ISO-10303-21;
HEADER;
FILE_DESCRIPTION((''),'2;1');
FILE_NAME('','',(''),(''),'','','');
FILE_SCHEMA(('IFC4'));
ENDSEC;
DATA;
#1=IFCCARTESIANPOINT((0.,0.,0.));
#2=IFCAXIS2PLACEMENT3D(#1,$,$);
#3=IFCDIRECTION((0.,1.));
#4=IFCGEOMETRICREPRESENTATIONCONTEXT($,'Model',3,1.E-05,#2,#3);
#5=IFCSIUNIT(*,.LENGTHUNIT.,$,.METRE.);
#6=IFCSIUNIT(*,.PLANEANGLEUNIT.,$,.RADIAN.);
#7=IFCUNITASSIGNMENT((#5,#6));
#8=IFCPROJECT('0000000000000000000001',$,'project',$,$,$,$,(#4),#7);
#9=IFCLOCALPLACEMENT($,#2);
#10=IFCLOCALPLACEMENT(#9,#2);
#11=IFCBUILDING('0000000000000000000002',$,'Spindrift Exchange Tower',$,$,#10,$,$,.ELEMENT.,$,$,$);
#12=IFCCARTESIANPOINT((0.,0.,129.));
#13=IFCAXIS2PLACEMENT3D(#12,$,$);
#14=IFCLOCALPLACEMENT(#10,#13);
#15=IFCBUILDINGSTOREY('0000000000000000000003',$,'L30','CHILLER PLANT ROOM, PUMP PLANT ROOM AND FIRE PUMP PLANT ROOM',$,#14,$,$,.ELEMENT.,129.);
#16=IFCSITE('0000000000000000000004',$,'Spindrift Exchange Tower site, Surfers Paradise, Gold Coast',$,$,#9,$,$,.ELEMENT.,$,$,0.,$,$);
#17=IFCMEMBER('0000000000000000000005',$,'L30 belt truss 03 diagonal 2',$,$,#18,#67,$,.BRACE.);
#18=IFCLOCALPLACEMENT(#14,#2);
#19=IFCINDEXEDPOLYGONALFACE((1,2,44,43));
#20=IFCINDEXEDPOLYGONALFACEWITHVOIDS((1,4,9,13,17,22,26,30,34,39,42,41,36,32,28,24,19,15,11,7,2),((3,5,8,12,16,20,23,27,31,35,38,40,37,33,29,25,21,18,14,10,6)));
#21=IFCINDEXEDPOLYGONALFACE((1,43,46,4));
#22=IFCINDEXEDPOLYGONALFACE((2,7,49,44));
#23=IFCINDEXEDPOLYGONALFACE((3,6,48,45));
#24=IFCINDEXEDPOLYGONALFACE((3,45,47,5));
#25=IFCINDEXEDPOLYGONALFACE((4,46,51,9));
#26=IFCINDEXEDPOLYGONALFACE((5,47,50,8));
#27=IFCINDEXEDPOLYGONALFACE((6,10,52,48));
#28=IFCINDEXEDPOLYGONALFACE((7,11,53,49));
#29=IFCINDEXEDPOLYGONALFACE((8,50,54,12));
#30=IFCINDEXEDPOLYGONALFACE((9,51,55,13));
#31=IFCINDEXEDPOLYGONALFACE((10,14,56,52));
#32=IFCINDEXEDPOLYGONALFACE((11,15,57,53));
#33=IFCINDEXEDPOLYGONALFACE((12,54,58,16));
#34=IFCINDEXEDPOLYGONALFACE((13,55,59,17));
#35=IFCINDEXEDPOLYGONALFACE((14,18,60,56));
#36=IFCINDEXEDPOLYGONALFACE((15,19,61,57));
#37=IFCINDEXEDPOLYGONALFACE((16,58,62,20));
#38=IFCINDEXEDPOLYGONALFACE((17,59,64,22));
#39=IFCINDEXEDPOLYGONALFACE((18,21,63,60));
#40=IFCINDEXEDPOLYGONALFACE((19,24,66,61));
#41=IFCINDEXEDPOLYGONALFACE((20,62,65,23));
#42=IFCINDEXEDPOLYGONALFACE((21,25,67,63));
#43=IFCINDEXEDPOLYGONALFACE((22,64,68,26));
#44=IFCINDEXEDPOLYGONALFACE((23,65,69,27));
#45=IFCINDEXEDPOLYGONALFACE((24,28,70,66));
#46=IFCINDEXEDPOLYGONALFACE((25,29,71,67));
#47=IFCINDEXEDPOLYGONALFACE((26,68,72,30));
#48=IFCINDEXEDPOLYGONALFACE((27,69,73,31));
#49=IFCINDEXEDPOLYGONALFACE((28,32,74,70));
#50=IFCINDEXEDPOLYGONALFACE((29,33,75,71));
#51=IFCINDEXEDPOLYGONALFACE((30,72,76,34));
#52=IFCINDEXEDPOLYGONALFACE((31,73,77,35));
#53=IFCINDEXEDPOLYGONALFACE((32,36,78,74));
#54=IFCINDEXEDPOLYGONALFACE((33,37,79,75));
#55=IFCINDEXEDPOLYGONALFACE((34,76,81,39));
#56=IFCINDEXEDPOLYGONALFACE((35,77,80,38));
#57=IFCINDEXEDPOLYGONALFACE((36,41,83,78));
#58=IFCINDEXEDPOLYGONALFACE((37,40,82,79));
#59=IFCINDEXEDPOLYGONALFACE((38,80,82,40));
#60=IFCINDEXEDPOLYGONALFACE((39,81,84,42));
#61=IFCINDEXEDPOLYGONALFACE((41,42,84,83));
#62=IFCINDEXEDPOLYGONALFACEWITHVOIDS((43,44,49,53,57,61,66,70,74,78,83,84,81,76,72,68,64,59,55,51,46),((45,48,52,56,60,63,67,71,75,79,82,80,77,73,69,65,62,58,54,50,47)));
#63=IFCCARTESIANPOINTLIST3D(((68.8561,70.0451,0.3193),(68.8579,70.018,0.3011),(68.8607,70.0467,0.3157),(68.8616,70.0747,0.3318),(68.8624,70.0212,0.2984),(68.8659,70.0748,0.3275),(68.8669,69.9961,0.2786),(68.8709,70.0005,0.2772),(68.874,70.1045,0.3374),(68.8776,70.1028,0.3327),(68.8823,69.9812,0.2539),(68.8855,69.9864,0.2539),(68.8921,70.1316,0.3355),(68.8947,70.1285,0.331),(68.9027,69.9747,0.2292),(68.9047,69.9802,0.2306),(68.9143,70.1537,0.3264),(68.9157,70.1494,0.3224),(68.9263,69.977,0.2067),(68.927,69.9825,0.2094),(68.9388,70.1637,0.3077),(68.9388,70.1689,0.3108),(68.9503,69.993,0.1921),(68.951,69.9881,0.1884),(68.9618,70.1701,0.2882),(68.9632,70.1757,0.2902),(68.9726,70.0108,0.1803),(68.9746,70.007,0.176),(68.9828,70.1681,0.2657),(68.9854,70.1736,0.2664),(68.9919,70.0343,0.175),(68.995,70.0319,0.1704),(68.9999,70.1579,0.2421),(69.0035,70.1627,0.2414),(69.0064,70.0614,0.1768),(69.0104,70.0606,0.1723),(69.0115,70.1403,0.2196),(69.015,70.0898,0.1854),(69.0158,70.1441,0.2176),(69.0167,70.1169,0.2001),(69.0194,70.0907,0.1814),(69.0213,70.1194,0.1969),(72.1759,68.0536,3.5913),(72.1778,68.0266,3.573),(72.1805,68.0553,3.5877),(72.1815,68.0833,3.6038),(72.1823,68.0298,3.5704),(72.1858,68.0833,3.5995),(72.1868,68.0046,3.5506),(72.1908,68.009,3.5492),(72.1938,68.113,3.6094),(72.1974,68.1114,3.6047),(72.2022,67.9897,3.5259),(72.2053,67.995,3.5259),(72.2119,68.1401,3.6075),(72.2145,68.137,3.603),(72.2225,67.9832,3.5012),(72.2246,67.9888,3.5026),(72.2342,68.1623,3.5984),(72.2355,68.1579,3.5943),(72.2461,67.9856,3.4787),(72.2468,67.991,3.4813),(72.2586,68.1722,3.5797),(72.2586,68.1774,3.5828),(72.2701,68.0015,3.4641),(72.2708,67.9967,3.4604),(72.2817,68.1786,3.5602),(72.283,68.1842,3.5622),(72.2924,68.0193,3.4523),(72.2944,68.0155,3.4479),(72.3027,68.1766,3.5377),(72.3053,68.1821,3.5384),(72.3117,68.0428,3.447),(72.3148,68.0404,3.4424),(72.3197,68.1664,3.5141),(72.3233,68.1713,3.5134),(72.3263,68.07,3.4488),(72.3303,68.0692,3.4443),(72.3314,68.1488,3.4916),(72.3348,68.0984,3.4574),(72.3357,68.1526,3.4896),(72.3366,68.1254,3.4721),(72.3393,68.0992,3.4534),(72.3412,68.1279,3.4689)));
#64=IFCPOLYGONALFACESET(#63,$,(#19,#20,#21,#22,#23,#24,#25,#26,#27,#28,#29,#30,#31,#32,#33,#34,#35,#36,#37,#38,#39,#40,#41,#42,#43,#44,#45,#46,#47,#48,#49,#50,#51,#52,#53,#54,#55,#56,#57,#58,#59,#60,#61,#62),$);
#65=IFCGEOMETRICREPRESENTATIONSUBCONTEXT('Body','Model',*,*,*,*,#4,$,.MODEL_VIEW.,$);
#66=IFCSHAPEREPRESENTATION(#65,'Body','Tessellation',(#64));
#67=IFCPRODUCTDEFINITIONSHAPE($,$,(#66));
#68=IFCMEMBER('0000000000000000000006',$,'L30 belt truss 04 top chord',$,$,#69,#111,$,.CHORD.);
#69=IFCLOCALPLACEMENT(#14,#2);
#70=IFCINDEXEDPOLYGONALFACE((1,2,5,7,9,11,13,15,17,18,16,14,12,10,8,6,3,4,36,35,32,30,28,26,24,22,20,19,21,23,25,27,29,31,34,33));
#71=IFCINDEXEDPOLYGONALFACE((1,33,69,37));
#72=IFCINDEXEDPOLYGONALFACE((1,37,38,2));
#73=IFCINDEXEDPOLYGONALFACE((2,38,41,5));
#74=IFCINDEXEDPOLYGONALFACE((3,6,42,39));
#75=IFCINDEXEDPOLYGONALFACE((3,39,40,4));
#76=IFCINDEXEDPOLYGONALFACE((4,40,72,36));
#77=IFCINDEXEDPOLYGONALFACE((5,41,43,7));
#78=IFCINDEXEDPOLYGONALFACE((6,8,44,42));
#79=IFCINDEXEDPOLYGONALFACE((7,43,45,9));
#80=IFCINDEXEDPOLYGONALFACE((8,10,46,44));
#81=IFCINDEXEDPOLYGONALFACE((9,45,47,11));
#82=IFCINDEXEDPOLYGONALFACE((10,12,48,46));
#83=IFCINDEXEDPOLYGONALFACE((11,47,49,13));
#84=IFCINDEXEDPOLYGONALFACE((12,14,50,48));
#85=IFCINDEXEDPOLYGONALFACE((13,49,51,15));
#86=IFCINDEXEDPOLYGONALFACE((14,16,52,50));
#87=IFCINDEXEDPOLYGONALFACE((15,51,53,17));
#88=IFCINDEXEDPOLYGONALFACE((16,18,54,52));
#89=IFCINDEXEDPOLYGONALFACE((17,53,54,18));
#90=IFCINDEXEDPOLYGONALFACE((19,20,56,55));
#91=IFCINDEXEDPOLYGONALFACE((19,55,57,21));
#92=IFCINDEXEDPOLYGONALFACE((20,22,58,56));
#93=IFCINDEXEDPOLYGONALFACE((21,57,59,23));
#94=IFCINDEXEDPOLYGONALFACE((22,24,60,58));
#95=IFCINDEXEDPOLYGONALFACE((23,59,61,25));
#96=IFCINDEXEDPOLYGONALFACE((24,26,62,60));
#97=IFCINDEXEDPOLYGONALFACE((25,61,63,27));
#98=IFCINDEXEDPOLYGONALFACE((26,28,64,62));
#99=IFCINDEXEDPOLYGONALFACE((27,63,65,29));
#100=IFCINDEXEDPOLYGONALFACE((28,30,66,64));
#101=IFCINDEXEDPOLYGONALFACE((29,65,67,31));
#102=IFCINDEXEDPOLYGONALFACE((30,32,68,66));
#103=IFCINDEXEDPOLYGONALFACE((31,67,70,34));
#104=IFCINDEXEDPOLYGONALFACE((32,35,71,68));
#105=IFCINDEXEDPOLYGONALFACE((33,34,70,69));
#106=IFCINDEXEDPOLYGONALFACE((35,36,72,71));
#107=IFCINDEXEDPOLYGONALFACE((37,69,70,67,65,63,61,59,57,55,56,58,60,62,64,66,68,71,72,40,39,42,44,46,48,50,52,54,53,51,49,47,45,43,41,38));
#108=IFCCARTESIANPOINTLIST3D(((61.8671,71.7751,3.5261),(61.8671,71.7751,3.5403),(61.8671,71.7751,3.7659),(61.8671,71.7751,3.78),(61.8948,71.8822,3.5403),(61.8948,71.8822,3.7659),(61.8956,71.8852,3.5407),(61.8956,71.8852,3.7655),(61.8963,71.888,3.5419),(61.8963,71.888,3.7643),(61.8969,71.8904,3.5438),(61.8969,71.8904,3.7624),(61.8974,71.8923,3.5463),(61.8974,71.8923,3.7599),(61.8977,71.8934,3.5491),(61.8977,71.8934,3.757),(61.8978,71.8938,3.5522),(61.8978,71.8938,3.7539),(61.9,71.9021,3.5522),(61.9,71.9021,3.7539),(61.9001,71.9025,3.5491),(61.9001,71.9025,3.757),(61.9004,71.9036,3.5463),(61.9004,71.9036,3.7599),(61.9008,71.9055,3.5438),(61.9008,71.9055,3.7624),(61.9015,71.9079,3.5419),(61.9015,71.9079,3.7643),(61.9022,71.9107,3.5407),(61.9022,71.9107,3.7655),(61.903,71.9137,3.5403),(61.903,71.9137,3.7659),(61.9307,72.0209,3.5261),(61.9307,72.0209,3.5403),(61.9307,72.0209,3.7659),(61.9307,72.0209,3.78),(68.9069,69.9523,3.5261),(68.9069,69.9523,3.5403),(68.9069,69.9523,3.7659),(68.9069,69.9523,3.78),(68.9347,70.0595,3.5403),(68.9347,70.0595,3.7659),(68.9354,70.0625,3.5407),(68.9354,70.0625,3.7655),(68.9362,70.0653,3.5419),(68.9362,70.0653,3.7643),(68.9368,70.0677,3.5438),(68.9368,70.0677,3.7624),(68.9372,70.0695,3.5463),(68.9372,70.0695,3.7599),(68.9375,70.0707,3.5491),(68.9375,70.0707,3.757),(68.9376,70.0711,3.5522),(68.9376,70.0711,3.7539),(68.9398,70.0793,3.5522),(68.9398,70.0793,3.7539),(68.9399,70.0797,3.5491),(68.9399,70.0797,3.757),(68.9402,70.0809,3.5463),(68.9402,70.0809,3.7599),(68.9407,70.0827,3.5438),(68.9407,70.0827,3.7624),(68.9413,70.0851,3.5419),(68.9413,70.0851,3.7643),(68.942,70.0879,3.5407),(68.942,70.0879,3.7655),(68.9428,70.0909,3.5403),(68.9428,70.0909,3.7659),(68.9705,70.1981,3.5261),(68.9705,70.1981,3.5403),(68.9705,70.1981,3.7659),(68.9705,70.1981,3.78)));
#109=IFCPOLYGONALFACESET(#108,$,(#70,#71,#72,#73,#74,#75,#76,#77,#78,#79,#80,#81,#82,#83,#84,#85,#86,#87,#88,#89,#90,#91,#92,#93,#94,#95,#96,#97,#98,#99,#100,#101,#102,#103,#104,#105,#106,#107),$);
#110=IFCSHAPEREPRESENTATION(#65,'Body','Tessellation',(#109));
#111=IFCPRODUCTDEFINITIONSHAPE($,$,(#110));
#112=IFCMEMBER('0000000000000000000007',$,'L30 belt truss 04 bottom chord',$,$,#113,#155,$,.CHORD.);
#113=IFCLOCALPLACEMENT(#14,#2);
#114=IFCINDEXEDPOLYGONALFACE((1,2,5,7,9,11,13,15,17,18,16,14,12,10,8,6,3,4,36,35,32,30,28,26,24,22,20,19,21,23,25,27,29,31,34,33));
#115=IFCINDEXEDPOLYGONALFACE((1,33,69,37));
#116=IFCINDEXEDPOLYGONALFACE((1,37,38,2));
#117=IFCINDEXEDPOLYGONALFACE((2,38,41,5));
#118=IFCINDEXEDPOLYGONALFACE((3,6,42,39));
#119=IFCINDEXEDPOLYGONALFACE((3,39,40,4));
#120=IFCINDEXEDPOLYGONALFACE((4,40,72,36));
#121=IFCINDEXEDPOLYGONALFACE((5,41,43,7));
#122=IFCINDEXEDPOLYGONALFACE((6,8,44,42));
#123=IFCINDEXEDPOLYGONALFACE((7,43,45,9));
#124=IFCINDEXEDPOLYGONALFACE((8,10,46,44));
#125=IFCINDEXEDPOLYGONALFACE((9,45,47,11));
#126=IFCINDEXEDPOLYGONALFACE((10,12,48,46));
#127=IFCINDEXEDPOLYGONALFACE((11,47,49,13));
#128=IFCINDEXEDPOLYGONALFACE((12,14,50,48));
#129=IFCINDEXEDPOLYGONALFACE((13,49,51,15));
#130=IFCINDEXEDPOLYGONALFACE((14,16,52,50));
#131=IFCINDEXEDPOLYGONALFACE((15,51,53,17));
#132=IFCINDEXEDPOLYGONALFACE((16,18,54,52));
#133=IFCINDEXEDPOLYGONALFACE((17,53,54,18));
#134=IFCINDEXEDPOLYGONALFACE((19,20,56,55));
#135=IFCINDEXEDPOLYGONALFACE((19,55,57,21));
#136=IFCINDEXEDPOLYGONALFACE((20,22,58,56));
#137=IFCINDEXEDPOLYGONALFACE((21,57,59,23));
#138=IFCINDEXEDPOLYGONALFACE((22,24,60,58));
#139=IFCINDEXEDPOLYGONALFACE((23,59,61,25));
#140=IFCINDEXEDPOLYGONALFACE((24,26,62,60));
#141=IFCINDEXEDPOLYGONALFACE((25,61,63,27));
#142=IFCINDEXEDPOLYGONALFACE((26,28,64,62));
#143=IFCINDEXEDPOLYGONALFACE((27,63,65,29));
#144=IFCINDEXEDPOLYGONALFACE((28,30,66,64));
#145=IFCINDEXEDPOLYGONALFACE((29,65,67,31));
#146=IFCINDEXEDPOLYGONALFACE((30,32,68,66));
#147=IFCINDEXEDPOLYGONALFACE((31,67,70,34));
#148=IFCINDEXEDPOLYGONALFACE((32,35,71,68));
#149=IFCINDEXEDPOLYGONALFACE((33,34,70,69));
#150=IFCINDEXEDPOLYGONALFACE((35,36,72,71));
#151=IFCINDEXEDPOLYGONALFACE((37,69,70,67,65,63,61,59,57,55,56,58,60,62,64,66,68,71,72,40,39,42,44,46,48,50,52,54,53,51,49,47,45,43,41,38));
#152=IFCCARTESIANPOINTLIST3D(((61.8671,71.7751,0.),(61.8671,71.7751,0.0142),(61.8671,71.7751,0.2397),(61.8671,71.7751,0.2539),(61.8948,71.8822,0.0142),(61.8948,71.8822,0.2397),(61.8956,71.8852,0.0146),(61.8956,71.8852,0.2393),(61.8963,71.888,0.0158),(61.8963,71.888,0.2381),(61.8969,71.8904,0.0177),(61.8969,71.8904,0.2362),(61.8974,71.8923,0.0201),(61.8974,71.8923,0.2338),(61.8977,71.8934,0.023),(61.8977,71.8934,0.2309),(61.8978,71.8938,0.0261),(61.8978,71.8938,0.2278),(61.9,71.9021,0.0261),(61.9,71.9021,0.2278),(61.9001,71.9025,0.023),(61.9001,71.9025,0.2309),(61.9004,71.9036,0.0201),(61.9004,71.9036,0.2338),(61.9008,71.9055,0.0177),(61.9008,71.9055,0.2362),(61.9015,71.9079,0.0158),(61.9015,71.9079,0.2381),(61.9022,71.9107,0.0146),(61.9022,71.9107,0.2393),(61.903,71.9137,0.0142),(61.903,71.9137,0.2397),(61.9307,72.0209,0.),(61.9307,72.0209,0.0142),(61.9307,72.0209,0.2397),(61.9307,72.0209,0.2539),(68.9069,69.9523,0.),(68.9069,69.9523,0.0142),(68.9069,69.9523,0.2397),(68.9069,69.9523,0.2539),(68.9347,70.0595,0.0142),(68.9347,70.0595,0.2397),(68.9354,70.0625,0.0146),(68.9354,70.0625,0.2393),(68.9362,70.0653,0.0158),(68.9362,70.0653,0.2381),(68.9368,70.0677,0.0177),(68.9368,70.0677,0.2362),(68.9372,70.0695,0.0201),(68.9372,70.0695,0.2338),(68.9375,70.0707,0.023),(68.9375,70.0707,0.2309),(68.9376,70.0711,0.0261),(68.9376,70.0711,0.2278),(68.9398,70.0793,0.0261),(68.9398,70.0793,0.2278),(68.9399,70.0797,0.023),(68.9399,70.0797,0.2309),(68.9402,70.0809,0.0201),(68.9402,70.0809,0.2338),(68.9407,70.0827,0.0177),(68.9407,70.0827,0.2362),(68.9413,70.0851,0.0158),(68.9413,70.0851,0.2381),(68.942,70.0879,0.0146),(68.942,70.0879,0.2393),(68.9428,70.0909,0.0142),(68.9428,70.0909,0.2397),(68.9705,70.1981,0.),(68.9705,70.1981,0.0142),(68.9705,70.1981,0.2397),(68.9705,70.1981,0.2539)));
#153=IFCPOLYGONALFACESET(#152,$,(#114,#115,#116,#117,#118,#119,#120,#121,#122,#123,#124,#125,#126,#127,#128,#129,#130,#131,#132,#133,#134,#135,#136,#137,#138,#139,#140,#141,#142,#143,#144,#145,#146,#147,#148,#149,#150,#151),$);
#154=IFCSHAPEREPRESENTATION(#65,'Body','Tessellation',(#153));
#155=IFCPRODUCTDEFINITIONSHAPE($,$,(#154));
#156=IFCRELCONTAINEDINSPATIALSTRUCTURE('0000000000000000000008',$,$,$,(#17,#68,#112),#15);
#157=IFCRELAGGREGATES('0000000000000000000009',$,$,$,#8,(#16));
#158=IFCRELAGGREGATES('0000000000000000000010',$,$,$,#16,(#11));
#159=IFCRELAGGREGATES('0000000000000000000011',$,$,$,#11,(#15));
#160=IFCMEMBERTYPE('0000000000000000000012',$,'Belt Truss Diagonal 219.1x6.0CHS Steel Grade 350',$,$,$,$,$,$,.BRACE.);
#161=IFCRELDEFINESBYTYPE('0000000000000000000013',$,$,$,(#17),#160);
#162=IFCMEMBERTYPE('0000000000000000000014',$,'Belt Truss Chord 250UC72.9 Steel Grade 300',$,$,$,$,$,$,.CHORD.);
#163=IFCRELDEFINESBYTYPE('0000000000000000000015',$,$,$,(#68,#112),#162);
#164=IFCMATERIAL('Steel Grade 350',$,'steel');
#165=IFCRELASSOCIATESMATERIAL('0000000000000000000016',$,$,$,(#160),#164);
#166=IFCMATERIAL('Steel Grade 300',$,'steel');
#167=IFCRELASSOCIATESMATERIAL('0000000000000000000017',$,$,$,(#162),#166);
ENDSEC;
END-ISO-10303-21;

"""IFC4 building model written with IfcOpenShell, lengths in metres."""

from ifc_helpers import new_model, si_unit, direction, frame, origin, origin_2d, place, context, subcontext, project, spatial, hollow_circle, i_section, extrude, source, transform, mapped, material, material_profile, profile_set, type_object, element, save


model = new_model("IFC4")

# Units and contexts
model_context = context("Model", 3, precision=1e-05, world=origin(), true_north=direction((0.0, 1.0)))
body_context = subcontext(model_context, "Body", "Model", "MODEL_VIEW")
ifc_project = project(units=[si_unit("LENGTHUNIT", "METRE"), si_unit("PLANEANGLEUNIT", "RADIAN")], contexts=[model_context])

# Site, building, storey
site_placement = place(None, origin())
site = spatial("IfcSite", under=ifc_project, at=site_placement, Name="Spindrift Exchange Tower site, Surfers Paradise, Gold Coast", CompositionType="ELEMENT", RefElevation=0.0)
building_placement = place(site_placement, origin())
building = spatial("IfcBuilding", under=site, at=building_placement, Name="Spindrift Exchange Tower", CompositionType="ELEMENT")
storey_placement = place(building_placement, frame((0.0, 0.0, 129.0)))
storey = spatial("IfcBuildingStorey", under=building, at=storey_placement, Name="L30", Description="CHILLER PLANT ROOM, PUMP PLANT ROOM AND FIRE PUMP PLANT ROOM", CompositionType="ELEMENT", Elevation=129.0)

# Shared definitions
ifc_material_1 = material(Name="Steel Grade 300", Category="steel")

# Members
ifc_material_2 = material(Name="Steel Grade 350", Category="steel")
ifc_material_profile_1 = material_profile(ifc_material_2, hollow_circle(Radius=0.1096, WallThickness=0.0061, at=origin_2d()), Name="219.1x6.0CHS")
ifc_profile_set_1 = profile_set([ifc_material_profile_1], Name="Steel Grade 350")
member_type_1 = type_object("IfcMemberType", Name="Belt Truss Diagonal 219.1x6.0CHS Steel Grade 350", PredefinedType="BRACE", material=ifc_profile_set_1)
shared_shape_1 = source(origin(), body_context, "Body", "SweptSolid", [
    extrude(hollow_circle(Radius=0.1096, WallThickness=0.0061, at=origin_2d()), origin(), (0.0, 0.0, 1.0), 5.0688),
])
member_1_placement = place(storey_placement, frame((72.2585, 68.0837, 3.5259), z_axis=(-0.65495, 0.392883, -0.64551), x_axis=(-0.514412, -0.857543, 0.0)))
element("IfcMember", 1, at=member_1_placement, inside=storey, type_object=member_type_1, Name="L30 belt truss 03 diagonal 2", PredefinedType="BRACE", context=body_context, shape_type="MappedRepresentation", body=[
    mapped(shared_shape_1, transform((0.0, 0.0, 0.0), scale=1.0)),
])
ifc_material_profile_2 = material_profile(ifc_material_1, i_section(OverallWidth=0.2539, OverallDepth=0.2539, WebThickness=0.0085, FlangeThickness=0.0142, FilletRadius=0.012, at=origin_2d()), Name="250UC72.9")
ifc_profile_set_2 = profile_set([ifc_material_profile_2], Name="Steel Grade 300")
member_type_2 = type_object("IfcMemberType", Name="Belt Truss Chord 250UC72.9 Steel Grade 300", PredefinedType="CHORD", material=ifc_profile_set_2)
shared_shape_2 = source(origin(), body_context, "Body", "SweptSolid", [
    extrude(i_section(OverallWidth=0.2539, OverallDepth=0.2539, WebThickness=0.0085, FlangeThickness=0.0142, FilletRadius=0.012, at=origin_2d()), origin(), (0.0, 0.0, 1.0), 7.272),
])
for number, where, z_axis, x_axis, name in (
    (2, (68.9387, 70.0752, 3.6531), (-0.968076, 0.250656, 0.0), (-0.250656, -0.968076, 0.0), "L30 belt truss 04 top chord"),
    (3, (68.9387, 70.0752, 0.127), (-0.968076, 0.250656, 0.0), (-0.250656, -0.968076, 0.0), "L30 belt truss 04 bottom chord"),
):
    element("IfcMember", number, at=place(storey_placement, frame(where, z_axis=z_axis, x_axis=x_axis)), inside=storey, type_object=member_type_2, Name=name, PredefinedType="CHORD", context=body_context, shape_type="MappedRepresentation", body=[
        mapped(shared_shape_2, transform((0.0, 0.0, 0.0), scale=1.0)),
    ])

save(model, "model.ifc")
